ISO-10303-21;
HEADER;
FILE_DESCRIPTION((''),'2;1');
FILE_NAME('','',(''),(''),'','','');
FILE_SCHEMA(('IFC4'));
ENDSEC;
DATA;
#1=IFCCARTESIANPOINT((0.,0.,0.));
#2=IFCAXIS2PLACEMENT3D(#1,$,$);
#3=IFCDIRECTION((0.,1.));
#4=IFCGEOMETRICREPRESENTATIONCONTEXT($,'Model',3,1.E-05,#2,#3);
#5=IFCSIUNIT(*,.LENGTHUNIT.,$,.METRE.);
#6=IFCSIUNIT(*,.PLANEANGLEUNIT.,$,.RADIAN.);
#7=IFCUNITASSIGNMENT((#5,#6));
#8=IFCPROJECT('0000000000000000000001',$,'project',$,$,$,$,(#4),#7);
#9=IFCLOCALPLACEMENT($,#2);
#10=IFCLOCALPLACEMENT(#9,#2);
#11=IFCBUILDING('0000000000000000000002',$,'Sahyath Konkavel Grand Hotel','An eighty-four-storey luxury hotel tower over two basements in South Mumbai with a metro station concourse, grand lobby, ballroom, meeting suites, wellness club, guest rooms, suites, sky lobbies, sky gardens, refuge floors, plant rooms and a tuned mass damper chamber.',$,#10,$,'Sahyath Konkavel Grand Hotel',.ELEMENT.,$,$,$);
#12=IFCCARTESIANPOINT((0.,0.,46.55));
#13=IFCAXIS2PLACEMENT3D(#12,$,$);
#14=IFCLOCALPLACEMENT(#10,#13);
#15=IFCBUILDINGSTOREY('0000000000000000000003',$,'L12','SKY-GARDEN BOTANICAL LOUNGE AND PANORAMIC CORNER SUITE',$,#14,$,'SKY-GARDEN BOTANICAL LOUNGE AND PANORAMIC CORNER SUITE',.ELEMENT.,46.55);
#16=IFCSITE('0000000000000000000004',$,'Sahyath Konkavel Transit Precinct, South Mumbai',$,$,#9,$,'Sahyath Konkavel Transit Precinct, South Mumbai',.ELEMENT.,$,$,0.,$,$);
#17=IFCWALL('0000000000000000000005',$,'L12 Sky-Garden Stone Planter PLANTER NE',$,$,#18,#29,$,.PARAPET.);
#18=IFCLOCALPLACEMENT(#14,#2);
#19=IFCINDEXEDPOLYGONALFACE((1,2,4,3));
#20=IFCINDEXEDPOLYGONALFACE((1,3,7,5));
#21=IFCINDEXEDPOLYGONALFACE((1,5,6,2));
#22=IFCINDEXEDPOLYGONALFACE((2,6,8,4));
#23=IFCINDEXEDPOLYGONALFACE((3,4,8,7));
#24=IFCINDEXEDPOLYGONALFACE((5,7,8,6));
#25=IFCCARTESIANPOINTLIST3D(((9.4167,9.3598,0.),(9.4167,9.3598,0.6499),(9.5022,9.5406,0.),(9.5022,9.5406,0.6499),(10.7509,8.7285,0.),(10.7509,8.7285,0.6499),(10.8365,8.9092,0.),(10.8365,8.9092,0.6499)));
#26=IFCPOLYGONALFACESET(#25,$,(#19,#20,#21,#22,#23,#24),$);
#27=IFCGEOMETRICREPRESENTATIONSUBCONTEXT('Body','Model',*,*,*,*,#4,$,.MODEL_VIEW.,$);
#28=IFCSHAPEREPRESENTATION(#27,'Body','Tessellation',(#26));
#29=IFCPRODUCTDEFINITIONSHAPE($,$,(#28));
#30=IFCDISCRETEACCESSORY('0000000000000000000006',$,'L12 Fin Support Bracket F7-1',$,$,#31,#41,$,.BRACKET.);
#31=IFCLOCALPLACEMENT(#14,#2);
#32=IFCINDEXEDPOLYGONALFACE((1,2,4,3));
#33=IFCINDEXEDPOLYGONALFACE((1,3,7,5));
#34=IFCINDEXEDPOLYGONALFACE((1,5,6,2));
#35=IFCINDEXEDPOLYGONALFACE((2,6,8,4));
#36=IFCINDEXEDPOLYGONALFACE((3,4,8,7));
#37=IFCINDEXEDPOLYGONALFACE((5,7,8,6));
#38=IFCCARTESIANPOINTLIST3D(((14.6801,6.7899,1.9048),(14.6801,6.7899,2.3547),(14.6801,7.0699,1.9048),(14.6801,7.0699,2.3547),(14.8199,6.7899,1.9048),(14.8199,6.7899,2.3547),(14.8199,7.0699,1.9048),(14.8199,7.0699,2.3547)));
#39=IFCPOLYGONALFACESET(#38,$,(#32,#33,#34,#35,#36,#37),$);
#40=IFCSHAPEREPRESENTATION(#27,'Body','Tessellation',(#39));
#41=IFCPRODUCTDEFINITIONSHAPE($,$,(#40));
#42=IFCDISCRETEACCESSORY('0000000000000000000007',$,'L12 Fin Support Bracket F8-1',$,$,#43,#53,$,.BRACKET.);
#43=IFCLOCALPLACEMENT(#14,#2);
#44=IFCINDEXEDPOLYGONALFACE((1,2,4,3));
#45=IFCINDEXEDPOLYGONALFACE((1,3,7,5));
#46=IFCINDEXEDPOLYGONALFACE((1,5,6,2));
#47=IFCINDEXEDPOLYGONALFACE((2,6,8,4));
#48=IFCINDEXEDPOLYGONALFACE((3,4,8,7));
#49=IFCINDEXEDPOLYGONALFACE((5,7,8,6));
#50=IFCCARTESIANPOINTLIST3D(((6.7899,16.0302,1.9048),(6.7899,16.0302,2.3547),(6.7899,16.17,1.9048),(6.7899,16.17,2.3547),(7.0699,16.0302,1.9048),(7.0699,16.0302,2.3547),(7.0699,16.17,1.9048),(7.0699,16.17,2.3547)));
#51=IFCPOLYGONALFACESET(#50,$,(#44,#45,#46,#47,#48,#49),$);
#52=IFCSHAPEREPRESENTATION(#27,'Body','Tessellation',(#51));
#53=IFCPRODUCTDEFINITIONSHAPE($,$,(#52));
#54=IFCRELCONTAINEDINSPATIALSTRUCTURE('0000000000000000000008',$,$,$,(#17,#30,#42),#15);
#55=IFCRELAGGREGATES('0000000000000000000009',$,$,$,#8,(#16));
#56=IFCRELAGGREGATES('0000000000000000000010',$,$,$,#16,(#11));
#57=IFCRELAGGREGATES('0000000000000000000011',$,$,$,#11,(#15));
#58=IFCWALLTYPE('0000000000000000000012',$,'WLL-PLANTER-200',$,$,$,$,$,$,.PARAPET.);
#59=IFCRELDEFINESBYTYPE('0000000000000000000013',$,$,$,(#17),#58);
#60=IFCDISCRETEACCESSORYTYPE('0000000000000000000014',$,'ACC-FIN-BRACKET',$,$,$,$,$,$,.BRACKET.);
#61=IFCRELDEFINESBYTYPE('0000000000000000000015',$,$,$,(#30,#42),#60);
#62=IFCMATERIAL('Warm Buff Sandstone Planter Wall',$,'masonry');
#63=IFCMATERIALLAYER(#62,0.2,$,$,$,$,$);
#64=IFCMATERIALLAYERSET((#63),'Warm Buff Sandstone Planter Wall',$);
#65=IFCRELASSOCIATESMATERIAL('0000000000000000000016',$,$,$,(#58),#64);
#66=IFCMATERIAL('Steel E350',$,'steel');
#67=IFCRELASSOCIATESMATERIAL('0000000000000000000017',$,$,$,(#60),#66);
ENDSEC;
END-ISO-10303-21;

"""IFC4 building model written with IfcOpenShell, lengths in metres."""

from ifc_helpers import new_model, si_unit, direction, frame, frame_2d, origin, origin_2d, place, context, subcontext, project, spatial, rectangle, extrude, source, transform, mapped, material, layer, layer_set, type_object, element, save


model = new_model("IFC4")

# Units and contexts
model_context = context("Model", 3, precision=1e-05, world=origin(), true_north=direction((0.0, 1.0)))
body_context = subcontext(model_context, "Body", "Model", "MODEL_VIEW")
ifc_project = project(units=[si_unit("LENGTHUNIT", "METRE"), si_unit("PLANEANGLEUNIT", "RADIAN")], contexts=[model_context])

# Site, building, storey
site_placement = place(None, origin())
site = spatial("IfcSite", under=ifc_project, at=site_placement, Name="Sahyath Konkavel Transit Precinct, South Mumbai", LongName="Sahyath Konkavel Transit Precinct, South Mumbai", CompositionType="ELEMENT", RefElevation=0.0)
building_placement = place(site_placement, origin())
building = spatial("IfcBuilding", under=site, at=building_placement, Name="Sahyath Konkavel Grand Hotel", Description="An eighty-four-storey luxury hotel tower over two basements in South Mumbai with a metro station concourse, grand lobby, ballroom, meeting suites, wellness club, guest rooms, suites, sky lobbies, sky gardens, refuge floors, plant rooms and a tuned mass damper chamber.", LongName="Sahyath Konkavel Grand Hotel", CompositionType="ELEMENT")
storey_placement = place(building_placement, frame((0.0, 0.0, 46.55)))
storey = spatial("IfcBuildingStorey", under=building, at=storey_placement, Name="L12", Description="SKY-GARDEN BOTANICAL LOUNGE AND PANORAMIC CORNER SUITE", LongName="SKY-GARDEN BOTANICAL LOUNGE AND PANORAMIC CORNER SUITE", CompositionType="ELEMENT", Elevation=46.55)

# Shared definitions
ifc_material_1 = material(Name="Steel E350", Category="steel")

# Wall
ifc_material_2 = material(Name="Warm Buff Sandstone Planter Wall", Category="masonry")
ifc_layer_1 = layer(ifc_material_2, 0.2)
ifc_layer_set_1 = layer_set([ifc_layer_1], Name="Warm Buff Sandstone Planter Wall")
wall_type_1 = type_object("IfcWallType", Name="WLL-PLANTER-200", PredefinedType="PARAPET", material=ifc_layer_set_1)
wall_1_placement = place(storey_placement, frame((10.7937, 8.8188, 0.0), z_axis=(0.0, 0.0, 1.0), x_axis=(-0.90391, 0.427724, 0.0)))
element("IfcWall", 1, at=wall_1_placement, inside=storey, type_object=wall_type_1, Name="L12 Sky-Garden Stone Planter PLANTER NE", PredefinedType="PARAPET", context=body_context, shape_type="SweptSolid", body=[
    extrude(rectangle(XDim=1.4761, YDim=0.2, at=frame_2d((0.738, 0.0))), origin(), (0.0, 0.0, 1.0), 0.6499),
])

# Discrete accessories
discrete_accessory_type = type_object("IfcDiscreteAccessoryType", Name="ACC-FIN-BRACKET", PredefinedType="BRACKET", material=ifc_material_1)
shared_shape_1 = source(origin(), body_context, "Body", "SweptSolid", [
    extrude(rectangle(XDim=0.28, YDim=0.1399, at=origin_2d()), origin(), (0.0, 0.0, 1.0), 0.45),
])
for number, where, z_axis, x_axis, name in (
    (2, (14.75, 6.9299, 1.9048), (0.0, 0.0, 1.0), (0.0, 1.0, 0.0), "L12 Fin Support Bracket F7-1"),
    (3, (6.9299, 16.1001, 1.9048), (0.0, 0.0, 1.0), (1.0, 0.0, 0.0), "L12 Fin Support Bracket F8-1"),
):
    element("IfcDiscreteAccessory", number, at=place(storey_placement, frame(where, z_axis=z_axis, x_axis=x_axis)), inside=storey, type_object=discrete_accessory_type, Name=name, PredefinedType="BRACKET", context=body_context, shape_type="MappedRepresentation", body=[
        mapped(shared_shape_1, transform((0.0, 0.0, 0.0), scale=1.0)),
    ])

save(model, "model.ifc")
